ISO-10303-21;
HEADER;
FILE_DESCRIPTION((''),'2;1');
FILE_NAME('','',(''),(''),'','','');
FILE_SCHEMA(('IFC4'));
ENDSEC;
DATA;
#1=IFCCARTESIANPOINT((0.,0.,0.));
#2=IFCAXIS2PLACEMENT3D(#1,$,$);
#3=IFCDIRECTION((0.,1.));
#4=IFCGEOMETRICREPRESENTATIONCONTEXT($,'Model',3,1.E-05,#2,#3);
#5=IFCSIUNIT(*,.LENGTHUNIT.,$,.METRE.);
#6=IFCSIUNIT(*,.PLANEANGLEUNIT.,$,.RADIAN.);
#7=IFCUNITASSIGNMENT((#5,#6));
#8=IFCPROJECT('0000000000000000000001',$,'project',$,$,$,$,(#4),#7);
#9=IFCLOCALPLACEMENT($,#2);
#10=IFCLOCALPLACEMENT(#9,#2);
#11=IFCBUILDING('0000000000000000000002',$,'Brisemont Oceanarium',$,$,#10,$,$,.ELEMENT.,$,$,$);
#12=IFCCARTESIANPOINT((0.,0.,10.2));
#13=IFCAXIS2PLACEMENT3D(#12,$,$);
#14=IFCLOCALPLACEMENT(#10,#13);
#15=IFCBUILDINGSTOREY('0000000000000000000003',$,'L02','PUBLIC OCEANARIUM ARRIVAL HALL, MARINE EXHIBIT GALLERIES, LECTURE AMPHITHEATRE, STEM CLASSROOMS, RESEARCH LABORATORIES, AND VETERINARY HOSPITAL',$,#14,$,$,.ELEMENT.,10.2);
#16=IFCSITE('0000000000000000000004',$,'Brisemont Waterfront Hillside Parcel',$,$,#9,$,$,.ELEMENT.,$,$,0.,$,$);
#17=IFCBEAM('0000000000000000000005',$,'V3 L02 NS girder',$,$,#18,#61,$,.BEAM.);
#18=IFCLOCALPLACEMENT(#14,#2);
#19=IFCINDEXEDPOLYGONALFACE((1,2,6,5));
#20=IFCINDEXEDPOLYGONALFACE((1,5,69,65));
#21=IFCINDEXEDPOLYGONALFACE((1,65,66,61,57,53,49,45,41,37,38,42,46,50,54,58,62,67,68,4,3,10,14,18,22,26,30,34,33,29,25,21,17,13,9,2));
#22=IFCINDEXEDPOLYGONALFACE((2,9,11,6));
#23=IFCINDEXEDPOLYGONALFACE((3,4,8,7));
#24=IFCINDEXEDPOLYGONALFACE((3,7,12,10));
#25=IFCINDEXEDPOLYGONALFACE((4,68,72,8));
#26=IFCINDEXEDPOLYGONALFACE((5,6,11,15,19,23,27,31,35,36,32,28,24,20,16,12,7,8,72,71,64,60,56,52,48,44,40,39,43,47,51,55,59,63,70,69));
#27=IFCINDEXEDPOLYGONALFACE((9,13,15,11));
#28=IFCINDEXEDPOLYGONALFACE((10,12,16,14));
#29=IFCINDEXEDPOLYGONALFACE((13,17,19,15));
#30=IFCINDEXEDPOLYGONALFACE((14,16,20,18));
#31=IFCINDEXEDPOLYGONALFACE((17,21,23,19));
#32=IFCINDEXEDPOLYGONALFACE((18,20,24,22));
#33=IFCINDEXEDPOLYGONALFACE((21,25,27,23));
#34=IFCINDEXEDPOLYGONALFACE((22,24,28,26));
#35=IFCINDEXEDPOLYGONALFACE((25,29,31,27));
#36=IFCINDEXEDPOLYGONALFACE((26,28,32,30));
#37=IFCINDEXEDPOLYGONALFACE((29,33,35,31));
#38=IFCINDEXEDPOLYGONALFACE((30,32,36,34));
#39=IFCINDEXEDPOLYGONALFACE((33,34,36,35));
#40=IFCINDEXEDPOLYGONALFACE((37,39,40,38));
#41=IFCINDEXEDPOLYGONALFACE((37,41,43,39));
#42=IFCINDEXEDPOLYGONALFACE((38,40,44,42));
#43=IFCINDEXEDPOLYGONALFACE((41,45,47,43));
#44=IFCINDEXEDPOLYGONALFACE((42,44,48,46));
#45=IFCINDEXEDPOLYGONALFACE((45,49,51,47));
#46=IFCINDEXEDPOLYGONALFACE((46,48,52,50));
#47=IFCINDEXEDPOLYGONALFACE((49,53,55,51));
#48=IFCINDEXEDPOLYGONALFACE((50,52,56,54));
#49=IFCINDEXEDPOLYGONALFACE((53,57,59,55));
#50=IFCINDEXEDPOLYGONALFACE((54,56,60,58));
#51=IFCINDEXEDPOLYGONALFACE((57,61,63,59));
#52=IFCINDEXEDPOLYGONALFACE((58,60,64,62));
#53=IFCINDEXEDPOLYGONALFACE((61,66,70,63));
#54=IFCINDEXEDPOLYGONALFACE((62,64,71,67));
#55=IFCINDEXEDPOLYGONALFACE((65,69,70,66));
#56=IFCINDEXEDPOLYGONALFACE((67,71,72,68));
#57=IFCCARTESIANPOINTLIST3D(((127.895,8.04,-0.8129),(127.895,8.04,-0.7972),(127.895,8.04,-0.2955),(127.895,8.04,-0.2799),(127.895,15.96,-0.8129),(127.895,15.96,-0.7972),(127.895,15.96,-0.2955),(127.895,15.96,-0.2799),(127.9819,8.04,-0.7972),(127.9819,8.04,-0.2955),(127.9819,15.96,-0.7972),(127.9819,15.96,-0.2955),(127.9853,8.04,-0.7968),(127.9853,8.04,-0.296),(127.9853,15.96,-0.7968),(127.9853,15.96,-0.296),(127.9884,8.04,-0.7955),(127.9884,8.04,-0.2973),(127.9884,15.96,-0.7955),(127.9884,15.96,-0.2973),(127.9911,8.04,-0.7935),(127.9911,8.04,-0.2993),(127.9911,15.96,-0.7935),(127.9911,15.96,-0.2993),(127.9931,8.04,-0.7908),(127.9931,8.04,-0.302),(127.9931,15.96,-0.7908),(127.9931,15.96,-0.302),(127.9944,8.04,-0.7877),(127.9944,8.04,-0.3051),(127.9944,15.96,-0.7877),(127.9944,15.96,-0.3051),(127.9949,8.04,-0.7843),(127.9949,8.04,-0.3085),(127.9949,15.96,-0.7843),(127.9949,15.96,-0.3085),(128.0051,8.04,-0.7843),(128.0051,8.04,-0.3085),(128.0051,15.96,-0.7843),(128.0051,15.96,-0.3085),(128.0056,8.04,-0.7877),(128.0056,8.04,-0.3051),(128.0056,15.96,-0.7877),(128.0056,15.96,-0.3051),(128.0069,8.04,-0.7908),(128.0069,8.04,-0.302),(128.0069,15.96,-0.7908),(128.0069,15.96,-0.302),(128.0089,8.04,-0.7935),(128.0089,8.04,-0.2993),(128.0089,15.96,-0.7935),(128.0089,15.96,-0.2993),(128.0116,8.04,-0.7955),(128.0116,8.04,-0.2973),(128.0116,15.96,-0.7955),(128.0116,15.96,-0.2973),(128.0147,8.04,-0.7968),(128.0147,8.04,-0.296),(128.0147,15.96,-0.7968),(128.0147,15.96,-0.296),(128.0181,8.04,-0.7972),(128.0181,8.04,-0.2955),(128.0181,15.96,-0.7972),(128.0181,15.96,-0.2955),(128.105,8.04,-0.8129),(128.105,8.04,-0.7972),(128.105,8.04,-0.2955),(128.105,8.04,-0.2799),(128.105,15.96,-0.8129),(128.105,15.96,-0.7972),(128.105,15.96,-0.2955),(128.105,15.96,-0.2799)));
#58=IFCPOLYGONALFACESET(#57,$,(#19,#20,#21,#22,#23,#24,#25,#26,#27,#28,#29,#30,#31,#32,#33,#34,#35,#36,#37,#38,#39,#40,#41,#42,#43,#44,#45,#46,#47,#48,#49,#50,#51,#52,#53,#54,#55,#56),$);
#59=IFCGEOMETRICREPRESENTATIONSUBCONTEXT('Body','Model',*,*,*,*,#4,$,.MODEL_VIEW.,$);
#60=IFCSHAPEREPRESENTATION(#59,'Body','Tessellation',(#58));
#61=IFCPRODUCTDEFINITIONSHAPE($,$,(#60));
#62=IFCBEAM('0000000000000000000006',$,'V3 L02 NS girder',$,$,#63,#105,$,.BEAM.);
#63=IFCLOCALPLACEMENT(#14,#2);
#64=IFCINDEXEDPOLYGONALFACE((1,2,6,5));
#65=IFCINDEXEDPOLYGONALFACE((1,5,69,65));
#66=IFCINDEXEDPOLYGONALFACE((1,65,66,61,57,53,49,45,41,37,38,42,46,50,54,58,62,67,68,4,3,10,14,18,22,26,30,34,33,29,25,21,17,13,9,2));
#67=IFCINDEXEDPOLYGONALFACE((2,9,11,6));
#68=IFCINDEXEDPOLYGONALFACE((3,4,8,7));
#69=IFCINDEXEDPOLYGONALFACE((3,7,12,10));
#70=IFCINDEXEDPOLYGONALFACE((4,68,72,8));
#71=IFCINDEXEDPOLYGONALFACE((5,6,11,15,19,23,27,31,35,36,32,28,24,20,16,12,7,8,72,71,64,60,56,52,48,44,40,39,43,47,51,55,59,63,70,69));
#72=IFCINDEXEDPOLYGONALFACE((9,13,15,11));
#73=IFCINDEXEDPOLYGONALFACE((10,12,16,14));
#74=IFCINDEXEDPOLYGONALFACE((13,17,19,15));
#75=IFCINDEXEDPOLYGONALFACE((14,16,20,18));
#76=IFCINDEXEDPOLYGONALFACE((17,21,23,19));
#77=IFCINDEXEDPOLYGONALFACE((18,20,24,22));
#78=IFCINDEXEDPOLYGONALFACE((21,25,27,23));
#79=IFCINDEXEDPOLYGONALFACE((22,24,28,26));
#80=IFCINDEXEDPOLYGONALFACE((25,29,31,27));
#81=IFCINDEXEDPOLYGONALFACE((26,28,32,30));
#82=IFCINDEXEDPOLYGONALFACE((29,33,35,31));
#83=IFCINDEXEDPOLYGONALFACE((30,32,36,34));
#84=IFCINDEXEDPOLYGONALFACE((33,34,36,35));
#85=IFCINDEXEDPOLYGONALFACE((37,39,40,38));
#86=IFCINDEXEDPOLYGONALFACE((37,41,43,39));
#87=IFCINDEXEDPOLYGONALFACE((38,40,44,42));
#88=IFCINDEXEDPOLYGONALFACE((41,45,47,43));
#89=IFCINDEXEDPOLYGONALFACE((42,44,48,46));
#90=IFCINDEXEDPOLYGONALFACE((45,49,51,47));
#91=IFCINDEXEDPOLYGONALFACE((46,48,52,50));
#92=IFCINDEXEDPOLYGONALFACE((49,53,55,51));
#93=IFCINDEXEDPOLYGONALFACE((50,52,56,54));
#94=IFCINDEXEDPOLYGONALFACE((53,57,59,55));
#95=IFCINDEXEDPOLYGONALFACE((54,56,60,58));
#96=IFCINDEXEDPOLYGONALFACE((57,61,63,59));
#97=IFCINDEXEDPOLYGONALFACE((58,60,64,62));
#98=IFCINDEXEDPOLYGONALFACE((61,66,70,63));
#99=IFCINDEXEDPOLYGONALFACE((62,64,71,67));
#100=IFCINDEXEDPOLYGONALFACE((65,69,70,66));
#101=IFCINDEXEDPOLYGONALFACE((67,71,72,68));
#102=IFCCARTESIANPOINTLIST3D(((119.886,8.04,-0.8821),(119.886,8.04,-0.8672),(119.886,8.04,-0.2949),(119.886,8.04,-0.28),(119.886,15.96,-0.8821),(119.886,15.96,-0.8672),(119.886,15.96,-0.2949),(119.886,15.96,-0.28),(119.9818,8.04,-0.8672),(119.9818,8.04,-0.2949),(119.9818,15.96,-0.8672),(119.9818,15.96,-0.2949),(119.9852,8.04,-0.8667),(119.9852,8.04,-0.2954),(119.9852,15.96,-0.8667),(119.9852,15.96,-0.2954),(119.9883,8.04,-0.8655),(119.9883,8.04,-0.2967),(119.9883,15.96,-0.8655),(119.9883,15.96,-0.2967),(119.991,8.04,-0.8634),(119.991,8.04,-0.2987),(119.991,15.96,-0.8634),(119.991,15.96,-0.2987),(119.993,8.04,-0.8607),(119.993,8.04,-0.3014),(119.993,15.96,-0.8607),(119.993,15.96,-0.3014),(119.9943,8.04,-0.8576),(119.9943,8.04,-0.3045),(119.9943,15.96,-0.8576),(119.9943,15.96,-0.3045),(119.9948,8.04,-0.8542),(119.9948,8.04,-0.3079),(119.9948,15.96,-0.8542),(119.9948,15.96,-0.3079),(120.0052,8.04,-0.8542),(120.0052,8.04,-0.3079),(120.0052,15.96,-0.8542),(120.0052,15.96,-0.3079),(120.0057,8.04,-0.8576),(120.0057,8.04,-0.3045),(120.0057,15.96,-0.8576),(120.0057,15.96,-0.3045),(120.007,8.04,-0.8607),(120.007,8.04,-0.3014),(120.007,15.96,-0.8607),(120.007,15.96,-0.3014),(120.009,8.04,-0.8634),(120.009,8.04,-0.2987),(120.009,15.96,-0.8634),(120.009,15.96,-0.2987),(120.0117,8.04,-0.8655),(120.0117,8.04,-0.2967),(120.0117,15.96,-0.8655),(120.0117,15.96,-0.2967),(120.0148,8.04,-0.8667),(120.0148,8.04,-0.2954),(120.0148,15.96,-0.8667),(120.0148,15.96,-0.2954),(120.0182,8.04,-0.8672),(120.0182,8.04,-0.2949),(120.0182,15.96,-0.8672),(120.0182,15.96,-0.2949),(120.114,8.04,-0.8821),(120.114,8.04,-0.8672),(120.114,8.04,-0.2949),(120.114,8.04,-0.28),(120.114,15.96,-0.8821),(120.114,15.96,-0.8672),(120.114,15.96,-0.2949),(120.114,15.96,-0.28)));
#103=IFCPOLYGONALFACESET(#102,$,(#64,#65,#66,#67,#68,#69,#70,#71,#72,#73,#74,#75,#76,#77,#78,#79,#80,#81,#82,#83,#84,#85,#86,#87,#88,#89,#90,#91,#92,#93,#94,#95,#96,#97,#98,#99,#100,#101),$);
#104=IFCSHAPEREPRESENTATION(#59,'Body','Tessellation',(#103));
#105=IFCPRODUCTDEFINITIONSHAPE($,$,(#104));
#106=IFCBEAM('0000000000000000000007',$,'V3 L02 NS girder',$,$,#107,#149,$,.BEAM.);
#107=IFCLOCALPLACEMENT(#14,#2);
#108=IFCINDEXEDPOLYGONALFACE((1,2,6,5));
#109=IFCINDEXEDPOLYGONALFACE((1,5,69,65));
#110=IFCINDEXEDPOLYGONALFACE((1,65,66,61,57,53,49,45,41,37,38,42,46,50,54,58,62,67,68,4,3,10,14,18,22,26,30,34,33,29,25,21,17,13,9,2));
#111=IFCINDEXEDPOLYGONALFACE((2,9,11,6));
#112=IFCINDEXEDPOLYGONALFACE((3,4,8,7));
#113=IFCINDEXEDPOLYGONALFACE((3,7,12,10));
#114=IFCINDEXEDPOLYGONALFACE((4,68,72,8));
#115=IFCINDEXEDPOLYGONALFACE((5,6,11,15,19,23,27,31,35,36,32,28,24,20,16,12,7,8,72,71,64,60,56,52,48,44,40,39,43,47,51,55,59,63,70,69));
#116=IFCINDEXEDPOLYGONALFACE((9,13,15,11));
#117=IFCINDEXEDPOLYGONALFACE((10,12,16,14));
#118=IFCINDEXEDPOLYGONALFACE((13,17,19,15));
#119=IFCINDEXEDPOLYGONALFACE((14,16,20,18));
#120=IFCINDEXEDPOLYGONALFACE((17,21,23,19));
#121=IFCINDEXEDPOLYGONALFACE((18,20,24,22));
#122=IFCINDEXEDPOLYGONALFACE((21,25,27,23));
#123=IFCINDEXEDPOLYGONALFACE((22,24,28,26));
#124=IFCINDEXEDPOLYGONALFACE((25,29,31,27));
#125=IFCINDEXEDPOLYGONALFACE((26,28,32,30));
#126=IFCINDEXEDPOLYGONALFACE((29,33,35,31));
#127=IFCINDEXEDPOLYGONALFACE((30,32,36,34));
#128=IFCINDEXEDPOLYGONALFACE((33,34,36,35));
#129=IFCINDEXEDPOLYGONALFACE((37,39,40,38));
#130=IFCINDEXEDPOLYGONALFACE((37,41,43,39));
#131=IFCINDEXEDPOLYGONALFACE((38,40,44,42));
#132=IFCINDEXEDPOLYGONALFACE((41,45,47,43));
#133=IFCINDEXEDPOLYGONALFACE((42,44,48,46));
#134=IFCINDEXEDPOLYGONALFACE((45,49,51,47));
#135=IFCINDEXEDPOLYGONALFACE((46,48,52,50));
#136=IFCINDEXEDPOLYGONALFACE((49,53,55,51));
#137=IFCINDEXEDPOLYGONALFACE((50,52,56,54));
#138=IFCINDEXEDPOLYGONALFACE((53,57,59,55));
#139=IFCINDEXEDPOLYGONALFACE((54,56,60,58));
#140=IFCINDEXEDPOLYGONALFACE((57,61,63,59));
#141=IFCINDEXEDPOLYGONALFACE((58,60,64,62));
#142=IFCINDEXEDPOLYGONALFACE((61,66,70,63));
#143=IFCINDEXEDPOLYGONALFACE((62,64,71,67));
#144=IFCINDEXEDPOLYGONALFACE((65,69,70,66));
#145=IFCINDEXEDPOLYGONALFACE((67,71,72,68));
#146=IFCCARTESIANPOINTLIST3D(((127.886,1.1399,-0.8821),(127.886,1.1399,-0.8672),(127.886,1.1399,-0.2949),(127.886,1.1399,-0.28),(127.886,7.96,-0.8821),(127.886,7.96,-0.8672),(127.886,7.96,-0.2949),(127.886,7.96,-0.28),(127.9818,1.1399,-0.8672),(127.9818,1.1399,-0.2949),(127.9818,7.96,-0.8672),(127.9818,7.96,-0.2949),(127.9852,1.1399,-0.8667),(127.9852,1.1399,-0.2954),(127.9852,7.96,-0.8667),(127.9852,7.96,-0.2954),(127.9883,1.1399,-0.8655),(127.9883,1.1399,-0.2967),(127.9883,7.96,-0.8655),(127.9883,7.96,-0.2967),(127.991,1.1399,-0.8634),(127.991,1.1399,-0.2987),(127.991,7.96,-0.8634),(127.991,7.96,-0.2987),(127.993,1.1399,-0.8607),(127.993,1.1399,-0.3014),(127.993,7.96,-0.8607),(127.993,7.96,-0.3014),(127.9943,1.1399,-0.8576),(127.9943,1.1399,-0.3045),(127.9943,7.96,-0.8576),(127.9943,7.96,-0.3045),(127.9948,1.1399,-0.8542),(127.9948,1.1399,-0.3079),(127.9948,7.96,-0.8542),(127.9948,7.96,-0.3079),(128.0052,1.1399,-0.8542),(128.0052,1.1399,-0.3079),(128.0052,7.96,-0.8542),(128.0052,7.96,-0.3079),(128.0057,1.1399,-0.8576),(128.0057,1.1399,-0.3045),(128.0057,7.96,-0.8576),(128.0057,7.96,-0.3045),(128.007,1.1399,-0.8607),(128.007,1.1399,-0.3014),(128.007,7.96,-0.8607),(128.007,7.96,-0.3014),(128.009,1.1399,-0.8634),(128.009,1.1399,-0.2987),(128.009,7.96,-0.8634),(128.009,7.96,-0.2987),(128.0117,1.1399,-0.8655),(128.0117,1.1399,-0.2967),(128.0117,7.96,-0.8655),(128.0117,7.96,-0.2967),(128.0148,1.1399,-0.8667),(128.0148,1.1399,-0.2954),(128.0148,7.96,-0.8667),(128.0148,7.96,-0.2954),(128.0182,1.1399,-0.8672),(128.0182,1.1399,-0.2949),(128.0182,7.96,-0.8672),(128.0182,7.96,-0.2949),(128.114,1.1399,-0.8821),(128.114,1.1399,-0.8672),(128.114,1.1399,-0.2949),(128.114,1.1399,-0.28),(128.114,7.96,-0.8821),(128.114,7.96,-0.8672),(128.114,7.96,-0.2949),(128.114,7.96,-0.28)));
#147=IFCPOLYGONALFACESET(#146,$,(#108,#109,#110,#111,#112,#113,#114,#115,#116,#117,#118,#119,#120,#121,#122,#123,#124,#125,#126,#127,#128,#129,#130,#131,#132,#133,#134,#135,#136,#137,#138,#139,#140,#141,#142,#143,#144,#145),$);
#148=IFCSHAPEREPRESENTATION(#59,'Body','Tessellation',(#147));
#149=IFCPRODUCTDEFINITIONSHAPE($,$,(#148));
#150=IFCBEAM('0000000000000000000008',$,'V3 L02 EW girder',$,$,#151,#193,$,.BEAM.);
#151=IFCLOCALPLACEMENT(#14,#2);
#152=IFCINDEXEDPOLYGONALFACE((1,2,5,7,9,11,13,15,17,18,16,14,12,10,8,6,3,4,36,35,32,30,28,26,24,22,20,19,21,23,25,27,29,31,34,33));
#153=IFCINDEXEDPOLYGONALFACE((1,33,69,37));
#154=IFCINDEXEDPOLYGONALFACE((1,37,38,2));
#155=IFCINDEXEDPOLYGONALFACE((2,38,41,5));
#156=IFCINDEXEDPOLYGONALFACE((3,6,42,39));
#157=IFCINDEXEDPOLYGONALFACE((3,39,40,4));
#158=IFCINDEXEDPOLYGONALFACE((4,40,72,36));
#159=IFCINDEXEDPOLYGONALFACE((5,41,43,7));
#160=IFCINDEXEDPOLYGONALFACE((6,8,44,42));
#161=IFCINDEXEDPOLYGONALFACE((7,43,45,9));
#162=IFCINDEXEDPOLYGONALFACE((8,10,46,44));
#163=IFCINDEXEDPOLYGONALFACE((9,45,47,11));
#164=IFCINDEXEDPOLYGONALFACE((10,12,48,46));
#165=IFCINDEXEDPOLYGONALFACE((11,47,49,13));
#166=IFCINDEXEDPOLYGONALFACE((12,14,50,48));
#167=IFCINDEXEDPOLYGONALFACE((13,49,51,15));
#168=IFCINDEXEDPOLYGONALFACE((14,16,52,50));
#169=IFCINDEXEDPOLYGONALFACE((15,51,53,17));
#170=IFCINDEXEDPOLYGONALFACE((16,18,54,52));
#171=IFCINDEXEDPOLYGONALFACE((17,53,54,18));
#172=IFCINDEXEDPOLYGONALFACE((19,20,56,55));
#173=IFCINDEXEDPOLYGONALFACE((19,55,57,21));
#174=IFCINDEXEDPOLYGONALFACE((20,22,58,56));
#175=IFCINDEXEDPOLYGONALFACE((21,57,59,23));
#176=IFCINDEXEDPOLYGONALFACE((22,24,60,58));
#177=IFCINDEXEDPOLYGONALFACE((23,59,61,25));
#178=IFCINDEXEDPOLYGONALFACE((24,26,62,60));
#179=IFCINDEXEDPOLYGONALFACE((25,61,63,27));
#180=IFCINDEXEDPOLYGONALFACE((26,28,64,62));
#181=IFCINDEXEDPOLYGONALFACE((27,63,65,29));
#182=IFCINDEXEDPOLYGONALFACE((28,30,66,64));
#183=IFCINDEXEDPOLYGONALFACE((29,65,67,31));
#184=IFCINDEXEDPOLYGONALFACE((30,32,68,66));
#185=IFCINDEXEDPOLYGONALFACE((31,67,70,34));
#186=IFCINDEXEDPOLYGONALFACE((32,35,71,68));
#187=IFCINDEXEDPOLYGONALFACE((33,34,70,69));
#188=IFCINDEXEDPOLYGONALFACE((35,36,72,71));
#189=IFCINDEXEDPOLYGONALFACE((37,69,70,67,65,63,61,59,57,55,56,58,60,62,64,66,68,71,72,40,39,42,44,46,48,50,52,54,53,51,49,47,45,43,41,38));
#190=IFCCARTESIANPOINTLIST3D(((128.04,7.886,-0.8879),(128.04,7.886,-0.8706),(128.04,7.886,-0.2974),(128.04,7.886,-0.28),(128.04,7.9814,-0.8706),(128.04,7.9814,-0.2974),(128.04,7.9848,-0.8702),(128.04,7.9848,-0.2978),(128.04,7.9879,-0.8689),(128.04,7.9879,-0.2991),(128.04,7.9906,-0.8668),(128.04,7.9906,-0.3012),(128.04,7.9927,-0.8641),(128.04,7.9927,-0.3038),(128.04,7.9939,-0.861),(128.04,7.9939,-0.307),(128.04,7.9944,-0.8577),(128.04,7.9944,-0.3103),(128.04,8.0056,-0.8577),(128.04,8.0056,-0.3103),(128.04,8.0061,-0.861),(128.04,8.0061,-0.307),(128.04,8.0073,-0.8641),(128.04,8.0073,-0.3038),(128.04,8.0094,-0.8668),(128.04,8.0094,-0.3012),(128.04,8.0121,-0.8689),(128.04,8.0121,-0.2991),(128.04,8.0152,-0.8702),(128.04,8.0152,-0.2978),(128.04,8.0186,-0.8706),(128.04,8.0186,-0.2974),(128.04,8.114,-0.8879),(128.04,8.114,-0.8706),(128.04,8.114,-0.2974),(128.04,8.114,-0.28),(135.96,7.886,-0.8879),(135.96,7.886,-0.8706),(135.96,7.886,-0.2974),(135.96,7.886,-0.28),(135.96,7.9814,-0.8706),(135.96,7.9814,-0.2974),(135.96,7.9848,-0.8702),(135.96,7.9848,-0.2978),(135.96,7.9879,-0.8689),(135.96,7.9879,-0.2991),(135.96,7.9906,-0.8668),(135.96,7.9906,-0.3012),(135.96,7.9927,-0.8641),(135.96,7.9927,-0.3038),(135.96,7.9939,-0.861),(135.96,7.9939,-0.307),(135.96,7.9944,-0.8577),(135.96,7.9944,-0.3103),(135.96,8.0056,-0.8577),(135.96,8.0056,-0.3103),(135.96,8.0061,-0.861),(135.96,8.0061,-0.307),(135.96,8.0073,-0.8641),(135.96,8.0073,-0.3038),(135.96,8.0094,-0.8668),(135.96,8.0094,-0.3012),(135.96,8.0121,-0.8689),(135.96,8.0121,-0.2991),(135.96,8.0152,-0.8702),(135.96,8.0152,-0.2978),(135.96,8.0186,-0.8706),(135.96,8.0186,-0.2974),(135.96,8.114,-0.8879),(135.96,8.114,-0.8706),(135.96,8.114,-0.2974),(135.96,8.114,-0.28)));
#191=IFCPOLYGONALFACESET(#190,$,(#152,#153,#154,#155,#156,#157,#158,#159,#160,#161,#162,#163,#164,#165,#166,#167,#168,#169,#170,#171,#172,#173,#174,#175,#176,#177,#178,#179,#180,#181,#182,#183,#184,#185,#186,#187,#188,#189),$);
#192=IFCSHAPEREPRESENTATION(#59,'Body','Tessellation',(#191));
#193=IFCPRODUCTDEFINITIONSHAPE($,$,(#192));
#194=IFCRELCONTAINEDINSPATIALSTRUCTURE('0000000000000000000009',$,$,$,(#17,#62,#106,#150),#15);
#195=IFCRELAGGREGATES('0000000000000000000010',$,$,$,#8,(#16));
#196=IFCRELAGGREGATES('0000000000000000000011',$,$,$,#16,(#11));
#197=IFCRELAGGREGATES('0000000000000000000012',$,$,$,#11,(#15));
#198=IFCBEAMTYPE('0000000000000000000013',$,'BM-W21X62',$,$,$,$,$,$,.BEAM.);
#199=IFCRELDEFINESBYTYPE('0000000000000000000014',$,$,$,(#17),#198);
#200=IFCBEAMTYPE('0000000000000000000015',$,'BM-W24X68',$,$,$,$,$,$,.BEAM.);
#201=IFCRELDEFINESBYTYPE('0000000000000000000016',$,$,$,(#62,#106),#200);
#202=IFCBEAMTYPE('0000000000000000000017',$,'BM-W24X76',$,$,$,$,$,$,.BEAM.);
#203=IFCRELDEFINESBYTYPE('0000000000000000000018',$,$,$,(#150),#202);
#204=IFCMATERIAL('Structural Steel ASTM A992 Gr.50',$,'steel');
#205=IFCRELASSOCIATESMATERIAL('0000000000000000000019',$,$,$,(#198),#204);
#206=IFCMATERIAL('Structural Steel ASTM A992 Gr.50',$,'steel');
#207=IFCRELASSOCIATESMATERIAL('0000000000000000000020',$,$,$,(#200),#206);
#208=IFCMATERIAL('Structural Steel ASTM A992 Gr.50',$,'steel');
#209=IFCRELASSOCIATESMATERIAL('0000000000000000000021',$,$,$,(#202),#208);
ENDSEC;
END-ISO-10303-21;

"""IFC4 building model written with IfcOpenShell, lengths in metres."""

from ifc_helpers import new_model, si_unit, direction, frame, origin, origin_2d, place, context, subcontext, project, spatial, i_section, extrude, material, material_profile, profile_set, type_object, element, save


model = new_model("IFC4")

# Units and contexts
model_context = context("Model", 3, precision=1e-05, world=origin(), true_north=direction((0.0, 1.0)))
body_context = subcontext(model_context, "Body", "Model", "MODEL_VIEW")
ifc_project = project(units=[si_unit("LENGTHUNIT", "METRE"), si_unit("PLANEANGLEUNIT", "RADIAN")], contexts=[model_context])

# Site, building, storey
site_placement = place(None, origin())
site = spatial("IfcSite", under=ifc_project, at=site_placement, Name="Brisemont Waterfront Hillside Parcel", CompositionType="ELEMENT", RefElevation=0.0)
building_placement = place(site_placement, origin())
building = spatial("IfcBuilding", under=site, at=building_placement, Name="Brisemont Oceanarium", CompositionType="ELEMENT")
storey_placement = place(building_placement, frame((0.0, 0.0, 10.2)))
storey = spatial("IfcBuildingStorey", under=building, at=storey_placement, Name="L02", Description="PUBLIC OCEANARIUM ARRIVAL HALL, MARINE EXHIBIT GALLERIES, LECTURE AMPHITHEATRE, STEM CLASSROOMS, RESEARCH LABORATORIES, AND VETERINARY HOSPITAL", CompositionType="ELEMENT", Elevation=10.2)

# Beams
ifc_material_1 = material(Name="Structural Steel ASTM A992 Gr.50", Category="steel")
ifc_material_profile_1 = material_profile(ifc_material_1, i_section(OverallWidth=0.21, OverallDepth=0.533, WebThickness=0.0103, FlangeThickness=0.0156, FilletRadius=0.0129, at=origin_2d()), Name="W21X62")
ifc_profile_set_1 = profile_set([ifc_material_profile_1], Name="Structural Steel ASTM A992 Gr.50")
beam_type_1 = type_object("IfcBeamType", Name="BM-W21X62", PredefinedType="BEAM", material=ifc_profile_set_1)
beam_1_placement = place(storey_placement, frame((128.0, 8.04, -0.5464), z_axis=(0.0, 1.0, 0.0), x_axis=(-1.0, 0.0, 0.0)))
element("IfcBeam", 1, at=beam_1_placement, inside=storey, type_object=beam_type_1, Name="V3 L02 NS girder", PredefinedType="BEAM", context=body_context, shape_type="SweptSolid", body=[
    extrude(i_section(OverallWidth=0.21, OverallDepth=0.533, WebThickness=0.0103, FlangeThickness=0.0156, FilletRadius=0.0129, at=origin_2d()), origin(), (0.0, 0.0, 1.0), 7.9199),
])
ifc_material_2 = material(Name="Structural Steel ASTM A992 Gr.50", Category="steel")
ifc_material_profile_2 = material_profile(ifc_material_2, i_section(OverallWidth=0.228, OverallDepth=0.6021, WebThickness=0.0105, FlangeThickness=0.0149, FilletRadius=0.0129, at=origin_2d()), Name="W24X68")
ifc_profile_set_2 = profile_set([ifc_material_profile_2], Name="Structural Steel ASTM A992 Gr.50")
beam_type_2 = type_object("IfcBeamType", Name="BM-W24X68", PredefinedType="BEAM", material=ifc_profile_set_2)
beam_2_placement = place(storey_placement, frame((120.0, 8.04, -0.5811), z_axis=(0.0, 1.0, 0.0), x_axis=(-1.0, 0.0, 0.0)))
element("IfcBeam", 2, at=beam_2_placement, inside=storey, type_object=beam_type_2, Name="V3 L02 NS girder", PredefinedType="BEAM", context=body_context, shape_type="SweptSolid", body=[
    extrude(i_section(OverallWidth=0.228, OverallDepth=0.6021, WebThickness=0.0105, FlangeThickness=0.0149, FilletRadius=0.0129, at=origin_2d()), origin(), (0.0, 0.0, 1.0), 7.9199),
])
beam_3_placement = place(storey_placement, frame((128.0, 1.1399, -0.5811), z_axis=(0.0, 1.0, 0.0), x_axis=(-1.0, 0.0, 0.0)))
element("IfcBeam", 3, at=beam_3_placement, inside=storey, type_object=beam_type_2, Name="V3 L02 NS girder", PredefinedType="BEAM", context=body_context, shape_type="SweptSolid", body=[
    extrude(i_section(OverallWidth=0.228, OverallDepth=0.6021, WebThickness=0.0105, FlangeThickness=0.0149, FilletRadius=0.0129, at=origin_2d()), origin(), (0.0, 0.0, 1.0), 6.8201),
])
ifc_material_3 = material(Name="Structural Steel ASTM A992 Gr.50", Category="steel")
ifc_material_profile_3 = material_profile(ifc_material_3, i_section(OverallWidth=0.228, OverallDepth=0.6079, WebThickness=0.0112, FlangeThickness=0.0173, FilletRadius=0.0129, at=origin_2d()), Name="W24X76")
ifc_profile_set_3 = profile_set([ifc_material_profile_3], Name="Structural Steel ASTM A992 Gr.50")
beam_type_3 = type_object("IfcBeamType", Name="BM-W24X76", PredefinedType="BEAM", material=ifc_profile_set_3)
for number, where, z_axis, x_axis, name in (
    (4, (128.04, 8.0, -0.584), (1.0, 0.0, 0.0), (0.0, 1.0, 0.0), "V3 L02 EW girder"),
):
    element("IfcBeam", number, at=place(storey_placement, frame(where, z_axis=z_axis, x_axis=x_axis)), inside=storey, type_object=beam_type_3, Name=name, PredefinedType="BEAM", context=body_context, shape_type="SweptSolid", body=[
        extrude(i_section(OverallWidth=0.228, OverallDepth=0.6079, WebThickness=0.0112, FlangeThickness=0.0173, FilletRadius=0.0129, at=origin_2d()), origin(), (0.0, 0.0, 1.0), 7.9199),
    ])

save(model, "model.ifc")
